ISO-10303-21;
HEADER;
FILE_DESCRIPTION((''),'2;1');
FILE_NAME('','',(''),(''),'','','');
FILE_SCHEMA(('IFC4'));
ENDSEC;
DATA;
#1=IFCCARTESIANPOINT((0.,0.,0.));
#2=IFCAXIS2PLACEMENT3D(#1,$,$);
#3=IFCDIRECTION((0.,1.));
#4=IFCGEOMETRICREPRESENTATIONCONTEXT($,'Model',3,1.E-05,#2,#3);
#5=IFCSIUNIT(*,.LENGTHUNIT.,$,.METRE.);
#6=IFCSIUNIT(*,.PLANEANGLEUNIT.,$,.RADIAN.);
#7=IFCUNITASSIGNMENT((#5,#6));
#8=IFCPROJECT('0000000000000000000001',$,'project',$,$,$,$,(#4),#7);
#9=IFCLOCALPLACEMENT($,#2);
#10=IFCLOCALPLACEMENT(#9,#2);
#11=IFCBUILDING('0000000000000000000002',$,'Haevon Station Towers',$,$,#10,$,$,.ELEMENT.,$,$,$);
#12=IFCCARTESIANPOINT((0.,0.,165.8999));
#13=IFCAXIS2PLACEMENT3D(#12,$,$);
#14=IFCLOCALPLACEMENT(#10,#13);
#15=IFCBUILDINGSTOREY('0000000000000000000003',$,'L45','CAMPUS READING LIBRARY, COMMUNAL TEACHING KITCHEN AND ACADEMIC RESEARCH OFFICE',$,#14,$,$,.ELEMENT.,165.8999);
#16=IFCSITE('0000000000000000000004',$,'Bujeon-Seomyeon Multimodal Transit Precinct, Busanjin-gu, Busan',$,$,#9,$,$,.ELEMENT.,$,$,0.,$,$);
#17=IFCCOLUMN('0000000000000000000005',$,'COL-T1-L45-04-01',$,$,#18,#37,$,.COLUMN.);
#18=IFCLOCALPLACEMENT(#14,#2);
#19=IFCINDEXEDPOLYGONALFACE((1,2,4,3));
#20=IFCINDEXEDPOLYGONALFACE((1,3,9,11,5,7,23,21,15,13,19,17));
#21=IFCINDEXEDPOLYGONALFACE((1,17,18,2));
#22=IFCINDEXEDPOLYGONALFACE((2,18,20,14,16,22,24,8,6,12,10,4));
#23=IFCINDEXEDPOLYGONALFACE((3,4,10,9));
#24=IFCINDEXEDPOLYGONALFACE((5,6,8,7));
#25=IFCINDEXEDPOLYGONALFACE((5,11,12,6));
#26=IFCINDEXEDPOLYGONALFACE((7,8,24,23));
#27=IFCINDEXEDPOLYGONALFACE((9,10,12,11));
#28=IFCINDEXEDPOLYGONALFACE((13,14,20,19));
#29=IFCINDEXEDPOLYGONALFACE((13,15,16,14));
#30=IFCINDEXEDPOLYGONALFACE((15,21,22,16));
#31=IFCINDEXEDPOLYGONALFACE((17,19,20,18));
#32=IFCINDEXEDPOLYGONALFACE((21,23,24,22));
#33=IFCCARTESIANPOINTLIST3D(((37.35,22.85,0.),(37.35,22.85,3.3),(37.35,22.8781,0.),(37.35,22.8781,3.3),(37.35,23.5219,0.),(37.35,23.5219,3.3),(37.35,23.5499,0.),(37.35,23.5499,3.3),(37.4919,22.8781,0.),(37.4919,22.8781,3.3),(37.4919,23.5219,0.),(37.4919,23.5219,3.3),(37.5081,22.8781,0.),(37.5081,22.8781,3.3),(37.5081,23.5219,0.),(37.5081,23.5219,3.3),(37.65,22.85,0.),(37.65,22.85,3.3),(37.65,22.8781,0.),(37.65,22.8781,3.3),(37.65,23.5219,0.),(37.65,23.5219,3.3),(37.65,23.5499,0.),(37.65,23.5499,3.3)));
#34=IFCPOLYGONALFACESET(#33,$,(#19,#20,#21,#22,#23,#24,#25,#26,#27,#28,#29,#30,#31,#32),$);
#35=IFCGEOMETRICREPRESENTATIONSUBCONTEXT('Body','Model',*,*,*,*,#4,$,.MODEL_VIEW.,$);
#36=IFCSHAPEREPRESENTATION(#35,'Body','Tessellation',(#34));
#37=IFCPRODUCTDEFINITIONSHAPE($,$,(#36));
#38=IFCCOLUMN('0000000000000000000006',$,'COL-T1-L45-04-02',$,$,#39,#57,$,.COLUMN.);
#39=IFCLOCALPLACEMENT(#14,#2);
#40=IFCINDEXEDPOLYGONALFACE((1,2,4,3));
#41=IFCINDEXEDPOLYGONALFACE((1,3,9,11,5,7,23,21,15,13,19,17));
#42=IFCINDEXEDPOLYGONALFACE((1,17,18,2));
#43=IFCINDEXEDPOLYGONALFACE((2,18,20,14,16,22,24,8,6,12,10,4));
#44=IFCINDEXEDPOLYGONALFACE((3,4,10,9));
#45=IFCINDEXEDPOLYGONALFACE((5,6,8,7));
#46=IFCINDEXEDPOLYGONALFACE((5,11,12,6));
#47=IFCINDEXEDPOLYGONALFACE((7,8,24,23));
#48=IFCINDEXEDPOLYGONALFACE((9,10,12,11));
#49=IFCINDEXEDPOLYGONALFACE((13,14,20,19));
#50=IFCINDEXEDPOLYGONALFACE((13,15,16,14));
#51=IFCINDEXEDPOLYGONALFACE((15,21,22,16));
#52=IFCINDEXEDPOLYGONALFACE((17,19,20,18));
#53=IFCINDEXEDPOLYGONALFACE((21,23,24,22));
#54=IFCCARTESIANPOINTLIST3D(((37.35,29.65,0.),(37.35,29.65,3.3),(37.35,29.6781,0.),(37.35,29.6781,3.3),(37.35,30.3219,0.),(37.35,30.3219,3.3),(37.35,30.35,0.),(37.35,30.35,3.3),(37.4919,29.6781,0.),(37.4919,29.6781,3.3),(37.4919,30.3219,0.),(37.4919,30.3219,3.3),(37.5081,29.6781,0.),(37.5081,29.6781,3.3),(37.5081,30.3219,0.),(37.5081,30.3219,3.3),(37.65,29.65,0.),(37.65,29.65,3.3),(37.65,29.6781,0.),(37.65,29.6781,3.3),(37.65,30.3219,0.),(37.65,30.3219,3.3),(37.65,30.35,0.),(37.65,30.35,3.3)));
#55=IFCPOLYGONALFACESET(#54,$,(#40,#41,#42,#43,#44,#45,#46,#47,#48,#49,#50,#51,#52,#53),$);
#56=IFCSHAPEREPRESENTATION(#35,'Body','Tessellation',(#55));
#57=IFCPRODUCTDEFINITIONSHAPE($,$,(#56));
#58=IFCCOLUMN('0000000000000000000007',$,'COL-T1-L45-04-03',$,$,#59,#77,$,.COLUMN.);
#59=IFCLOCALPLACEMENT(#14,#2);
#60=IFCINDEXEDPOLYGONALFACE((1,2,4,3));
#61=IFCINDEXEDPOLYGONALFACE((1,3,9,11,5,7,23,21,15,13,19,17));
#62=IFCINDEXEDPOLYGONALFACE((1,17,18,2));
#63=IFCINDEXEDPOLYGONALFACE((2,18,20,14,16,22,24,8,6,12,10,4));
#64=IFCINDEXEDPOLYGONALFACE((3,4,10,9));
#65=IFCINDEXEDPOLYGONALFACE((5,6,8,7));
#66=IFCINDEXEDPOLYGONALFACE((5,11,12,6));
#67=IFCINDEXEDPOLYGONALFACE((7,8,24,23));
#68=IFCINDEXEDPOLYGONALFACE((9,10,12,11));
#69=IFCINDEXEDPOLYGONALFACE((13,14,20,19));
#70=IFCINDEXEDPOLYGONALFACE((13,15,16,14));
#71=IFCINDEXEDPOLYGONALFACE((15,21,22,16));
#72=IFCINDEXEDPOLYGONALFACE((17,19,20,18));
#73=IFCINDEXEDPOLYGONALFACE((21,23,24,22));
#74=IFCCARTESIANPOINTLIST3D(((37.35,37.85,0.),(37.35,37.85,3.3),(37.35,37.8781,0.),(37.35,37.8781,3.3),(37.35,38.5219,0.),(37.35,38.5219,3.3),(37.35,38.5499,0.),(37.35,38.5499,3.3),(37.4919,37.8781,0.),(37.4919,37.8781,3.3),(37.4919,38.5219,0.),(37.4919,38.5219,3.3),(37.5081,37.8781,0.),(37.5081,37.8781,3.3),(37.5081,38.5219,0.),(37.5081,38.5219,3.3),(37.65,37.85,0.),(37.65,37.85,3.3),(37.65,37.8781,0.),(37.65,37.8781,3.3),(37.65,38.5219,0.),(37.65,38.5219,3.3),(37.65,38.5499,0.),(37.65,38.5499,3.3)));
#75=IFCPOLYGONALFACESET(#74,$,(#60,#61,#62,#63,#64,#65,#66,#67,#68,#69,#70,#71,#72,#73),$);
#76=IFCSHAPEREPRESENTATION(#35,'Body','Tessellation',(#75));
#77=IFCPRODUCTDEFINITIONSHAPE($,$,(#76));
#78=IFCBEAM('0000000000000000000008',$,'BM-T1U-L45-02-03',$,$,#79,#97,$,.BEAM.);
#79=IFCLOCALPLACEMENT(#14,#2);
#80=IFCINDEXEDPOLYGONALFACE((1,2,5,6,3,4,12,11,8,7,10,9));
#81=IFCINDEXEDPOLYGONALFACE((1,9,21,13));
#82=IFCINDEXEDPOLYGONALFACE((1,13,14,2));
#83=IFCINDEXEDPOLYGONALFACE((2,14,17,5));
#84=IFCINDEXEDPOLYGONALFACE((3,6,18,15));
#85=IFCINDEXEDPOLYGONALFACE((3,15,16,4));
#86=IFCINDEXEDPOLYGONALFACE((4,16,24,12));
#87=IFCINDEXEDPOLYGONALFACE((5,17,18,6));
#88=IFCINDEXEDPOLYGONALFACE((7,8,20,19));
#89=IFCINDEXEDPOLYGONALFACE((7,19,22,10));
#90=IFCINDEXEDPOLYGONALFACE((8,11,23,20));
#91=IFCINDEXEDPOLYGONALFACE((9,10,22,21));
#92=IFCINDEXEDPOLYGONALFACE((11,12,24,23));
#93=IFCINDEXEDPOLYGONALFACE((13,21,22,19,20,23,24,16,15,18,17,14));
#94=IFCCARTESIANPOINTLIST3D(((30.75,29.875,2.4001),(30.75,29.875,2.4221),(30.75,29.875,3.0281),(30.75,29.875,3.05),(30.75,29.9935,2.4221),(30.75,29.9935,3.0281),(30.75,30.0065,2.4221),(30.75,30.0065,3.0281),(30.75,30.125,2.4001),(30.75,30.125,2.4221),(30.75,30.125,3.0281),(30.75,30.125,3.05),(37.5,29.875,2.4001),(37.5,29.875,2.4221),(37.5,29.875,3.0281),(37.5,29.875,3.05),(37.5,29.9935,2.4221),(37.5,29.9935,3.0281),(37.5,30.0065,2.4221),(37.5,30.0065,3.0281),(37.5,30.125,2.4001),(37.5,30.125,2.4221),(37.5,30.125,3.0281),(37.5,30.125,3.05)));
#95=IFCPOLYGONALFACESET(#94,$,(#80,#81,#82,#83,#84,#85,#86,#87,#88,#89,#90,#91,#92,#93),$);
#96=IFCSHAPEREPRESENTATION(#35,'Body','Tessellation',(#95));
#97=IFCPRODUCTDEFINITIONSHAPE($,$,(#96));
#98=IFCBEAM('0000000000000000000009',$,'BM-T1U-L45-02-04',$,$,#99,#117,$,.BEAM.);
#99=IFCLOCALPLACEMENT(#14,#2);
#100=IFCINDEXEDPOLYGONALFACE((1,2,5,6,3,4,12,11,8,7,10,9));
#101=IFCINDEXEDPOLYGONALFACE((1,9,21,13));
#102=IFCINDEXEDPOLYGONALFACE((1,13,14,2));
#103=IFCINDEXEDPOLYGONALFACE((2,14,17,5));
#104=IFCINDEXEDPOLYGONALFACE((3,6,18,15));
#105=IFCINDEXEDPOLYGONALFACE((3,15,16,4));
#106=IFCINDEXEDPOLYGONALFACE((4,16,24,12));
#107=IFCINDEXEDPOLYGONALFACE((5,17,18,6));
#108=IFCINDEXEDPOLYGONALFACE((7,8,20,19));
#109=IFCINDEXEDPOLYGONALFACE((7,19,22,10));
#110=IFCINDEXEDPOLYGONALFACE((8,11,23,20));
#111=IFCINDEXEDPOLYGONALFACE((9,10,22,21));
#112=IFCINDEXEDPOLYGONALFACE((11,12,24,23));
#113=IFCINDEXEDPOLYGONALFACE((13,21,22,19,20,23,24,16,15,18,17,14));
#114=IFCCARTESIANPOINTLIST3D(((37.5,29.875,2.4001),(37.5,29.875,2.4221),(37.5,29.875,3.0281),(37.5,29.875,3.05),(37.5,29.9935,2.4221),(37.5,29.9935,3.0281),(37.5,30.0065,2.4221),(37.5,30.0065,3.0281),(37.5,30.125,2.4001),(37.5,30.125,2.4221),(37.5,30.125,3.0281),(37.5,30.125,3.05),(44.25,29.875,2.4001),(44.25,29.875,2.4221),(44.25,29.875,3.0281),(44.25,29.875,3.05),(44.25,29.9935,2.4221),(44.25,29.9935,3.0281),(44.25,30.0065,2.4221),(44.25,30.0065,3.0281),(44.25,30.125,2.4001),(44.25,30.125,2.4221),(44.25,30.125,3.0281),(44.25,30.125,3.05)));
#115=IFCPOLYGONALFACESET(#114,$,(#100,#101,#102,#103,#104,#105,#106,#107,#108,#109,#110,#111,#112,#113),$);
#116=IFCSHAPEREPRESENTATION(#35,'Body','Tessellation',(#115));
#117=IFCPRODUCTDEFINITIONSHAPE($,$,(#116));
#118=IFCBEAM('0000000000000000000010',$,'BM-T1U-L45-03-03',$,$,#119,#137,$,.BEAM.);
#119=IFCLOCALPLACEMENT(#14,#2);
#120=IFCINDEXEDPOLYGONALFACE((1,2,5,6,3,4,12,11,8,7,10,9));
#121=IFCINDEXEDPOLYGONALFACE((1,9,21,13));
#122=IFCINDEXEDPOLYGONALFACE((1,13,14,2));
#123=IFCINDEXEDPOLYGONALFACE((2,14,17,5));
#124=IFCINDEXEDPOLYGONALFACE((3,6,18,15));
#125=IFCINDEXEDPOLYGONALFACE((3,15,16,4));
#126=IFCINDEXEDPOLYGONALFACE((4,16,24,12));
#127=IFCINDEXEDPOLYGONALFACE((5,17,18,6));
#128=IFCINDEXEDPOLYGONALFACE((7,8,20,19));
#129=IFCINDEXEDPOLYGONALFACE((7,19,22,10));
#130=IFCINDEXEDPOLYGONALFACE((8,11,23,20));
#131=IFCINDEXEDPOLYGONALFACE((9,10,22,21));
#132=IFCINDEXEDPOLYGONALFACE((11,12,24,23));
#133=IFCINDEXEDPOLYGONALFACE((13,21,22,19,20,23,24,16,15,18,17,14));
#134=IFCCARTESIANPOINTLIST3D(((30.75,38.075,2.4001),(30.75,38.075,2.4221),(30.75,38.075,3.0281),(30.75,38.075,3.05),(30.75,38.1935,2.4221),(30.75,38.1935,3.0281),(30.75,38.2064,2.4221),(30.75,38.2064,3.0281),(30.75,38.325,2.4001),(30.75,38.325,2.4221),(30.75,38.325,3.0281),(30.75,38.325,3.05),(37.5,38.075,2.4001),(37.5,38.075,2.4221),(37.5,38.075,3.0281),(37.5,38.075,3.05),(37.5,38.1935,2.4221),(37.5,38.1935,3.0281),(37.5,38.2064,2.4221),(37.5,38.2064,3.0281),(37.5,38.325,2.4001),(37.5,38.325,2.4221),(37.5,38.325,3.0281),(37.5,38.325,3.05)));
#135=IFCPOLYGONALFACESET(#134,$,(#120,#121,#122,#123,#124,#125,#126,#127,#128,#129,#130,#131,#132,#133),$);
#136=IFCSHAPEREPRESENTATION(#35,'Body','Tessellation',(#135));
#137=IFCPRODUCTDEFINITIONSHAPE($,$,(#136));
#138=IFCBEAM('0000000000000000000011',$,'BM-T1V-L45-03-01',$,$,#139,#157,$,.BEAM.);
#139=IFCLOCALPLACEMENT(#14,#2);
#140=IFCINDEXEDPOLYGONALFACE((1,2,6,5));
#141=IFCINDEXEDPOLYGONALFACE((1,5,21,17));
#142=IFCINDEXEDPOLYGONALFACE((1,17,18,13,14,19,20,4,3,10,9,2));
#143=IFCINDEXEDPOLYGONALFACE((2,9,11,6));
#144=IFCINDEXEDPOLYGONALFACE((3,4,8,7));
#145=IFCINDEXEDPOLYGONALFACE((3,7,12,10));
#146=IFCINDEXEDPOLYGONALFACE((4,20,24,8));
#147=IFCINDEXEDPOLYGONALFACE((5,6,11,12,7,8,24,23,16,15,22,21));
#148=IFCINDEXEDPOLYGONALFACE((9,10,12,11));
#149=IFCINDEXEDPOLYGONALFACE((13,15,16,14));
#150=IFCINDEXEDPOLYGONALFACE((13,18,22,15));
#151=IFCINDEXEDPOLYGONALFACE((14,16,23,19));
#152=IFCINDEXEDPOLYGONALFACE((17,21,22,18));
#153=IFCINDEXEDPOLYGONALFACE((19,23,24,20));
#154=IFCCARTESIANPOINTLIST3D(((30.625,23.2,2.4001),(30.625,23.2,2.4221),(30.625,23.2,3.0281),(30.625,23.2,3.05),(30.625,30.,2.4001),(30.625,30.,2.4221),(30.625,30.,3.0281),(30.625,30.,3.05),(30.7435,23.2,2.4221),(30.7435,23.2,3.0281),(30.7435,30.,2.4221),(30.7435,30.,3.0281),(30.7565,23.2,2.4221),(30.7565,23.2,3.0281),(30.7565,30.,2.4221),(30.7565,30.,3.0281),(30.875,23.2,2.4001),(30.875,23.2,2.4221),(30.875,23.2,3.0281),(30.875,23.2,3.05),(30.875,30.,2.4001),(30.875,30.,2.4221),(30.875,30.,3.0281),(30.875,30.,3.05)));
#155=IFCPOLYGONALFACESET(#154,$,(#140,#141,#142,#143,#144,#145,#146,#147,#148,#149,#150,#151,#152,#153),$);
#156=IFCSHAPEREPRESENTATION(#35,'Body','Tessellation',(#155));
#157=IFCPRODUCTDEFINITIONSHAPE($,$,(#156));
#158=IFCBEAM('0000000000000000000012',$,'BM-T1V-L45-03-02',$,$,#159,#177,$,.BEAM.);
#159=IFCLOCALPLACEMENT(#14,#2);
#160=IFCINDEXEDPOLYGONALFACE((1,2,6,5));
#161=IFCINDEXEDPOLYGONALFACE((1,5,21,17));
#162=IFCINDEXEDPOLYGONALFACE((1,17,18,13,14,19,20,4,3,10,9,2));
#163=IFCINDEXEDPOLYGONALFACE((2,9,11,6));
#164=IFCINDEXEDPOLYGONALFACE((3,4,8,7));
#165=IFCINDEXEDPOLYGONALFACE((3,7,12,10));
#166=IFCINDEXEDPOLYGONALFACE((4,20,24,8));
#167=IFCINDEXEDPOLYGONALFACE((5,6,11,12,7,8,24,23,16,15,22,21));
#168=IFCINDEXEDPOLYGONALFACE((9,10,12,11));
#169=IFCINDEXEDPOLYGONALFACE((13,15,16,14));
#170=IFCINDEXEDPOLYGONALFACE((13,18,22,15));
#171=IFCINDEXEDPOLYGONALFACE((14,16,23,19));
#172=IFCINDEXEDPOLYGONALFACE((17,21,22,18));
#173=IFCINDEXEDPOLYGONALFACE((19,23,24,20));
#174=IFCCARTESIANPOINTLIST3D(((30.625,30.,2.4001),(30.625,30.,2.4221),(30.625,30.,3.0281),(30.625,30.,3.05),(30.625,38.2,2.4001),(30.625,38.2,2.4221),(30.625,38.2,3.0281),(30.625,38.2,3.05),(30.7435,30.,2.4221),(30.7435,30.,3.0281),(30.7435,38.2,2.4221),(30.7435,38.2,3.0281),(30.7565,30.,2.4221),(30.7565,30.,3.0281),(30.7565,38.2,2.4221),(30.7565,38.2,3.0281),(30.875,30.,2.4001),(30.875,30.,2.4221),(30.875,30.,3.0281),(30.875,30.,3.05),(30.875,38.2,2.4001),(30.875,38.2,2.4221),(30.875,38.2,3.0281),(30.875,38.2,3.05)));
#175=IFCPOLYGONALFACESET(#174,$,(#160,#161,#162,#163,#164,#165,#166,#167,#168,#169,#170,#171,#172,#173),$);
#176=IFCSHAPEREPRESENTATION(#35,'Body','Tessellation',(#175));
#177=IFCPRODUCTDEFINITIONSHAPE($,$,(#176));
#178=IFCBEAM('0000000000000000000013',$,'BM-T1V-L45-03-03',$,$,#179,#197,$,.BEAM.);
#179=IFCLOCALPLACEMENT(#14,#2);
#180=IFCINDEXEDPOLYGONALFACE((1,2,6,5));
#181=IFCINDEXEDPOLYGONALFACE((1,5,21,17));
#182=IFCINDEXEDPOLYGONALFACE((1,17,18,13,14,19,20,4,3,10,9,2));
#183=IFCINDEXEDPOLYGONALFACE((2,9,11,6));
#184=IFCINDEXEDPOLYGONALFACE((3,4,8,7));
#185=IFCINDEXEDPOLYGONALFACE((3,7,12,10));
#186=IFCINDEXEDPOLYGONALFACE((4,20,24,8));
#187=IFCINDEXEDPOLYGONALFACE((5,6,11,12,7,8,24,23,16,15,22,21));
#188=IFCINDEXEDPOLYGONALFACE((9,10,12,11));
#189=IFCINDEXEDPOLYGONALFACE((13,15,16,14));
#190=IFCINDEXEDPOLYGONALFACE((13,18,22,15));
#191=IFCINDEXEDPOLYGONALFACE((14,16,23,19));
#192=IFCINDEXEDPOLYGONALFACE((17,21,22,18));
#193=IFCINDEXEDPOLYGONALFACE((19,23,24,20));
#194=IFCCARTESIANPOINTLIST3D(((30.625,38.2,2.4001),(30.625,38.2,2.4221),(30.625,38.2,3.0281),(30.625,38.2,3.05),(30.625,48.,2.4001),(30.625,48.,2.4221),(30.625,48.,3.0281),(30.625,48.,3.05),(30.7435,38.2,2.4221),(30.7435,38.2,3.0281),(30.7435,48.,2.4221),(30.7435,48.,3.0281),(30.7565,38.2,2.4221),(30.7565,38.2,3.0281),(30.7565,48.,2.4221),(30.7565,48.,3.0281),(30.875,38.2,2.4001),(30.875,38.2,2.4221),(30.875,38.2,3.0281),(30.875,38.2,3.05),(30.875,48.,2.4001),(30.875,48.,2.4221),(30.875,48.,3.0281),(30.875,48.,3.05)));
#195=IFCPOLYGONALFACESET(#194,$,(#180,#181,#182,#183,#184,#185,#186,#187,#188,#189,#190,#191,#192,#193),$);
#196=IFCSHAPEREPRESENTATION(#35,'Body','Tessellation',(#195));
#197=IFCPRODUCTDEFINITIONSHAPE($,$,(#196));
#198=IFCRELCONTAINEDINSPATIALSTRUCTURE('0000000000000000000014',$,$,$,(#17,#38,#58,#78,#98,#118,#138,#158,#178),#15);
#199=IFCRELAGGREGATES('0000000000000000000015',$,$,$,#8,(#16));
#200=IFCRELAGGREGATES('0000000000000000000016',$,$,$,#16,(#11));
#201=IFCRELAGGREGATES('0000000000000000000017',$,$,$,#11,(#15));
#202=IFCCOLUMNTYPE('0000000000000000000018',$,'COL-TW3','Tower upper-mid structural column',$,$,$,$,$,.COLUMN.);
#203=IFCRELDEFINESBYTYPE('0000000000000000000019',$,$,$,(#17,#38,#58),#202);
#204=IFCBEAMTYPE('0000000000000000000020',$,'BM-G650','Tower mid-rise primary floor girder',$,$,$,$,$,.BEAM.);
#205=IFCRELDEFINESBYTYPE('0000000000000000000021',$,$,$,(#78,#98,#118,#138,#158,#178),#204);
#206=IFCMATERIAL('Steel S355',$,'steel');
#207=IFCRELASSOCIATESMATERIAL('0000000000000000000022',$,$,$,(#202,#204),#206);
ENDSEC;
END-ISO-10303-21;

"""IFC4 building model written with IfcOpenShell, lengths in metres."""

from ifc_helpers import new_model, si_unit, direction, frame, origin, origin_2d, place, context, subcontext, project, spatial, i_section, extrude, material, material_profile, profile_set, type_object, element, save


model = new_model("IFC4")

# Units and contexts
model_context = context("Model", 3, precision=1e-05, world=origin(), true_north=direction((0.0, 1.0)))
body_context = subcontext(model_context, "Body", "Model", "MODEL_VIEW")
ifc_project = project(units=[si_unit("LENGTHUNIT", "METRE"), si_unit("PLANEANGLEUNIT", "RADIAN")], contexts=[model_context])

# Site, building, storey
site_placement = place(None, origin())
site = spatial("IfcSite", under=ifc_project, at=site_placement, Name="Bujeon-Seomyeon Multimodal Transit Precinct, Busanjin-gu, Busan", CompositionType="ELEMENT", RefElevation=0.0)
building_placement = place(site_placement, origin())
building = spatial("IfcBuilding", under=site, at=building_placement, Name="Haevon Station Towers", CompositionType="ELEMENT")
storey_placement = place(building_placement, frame((0.0, 0.0, 165.8999)))
storey = spatial("IfcBuildingStorey", under=building, at=storey_placement, Name="L45", Description="CAMPUS READING LIBRARY, COMMUNAL TEACHING KITCHEN AND ACADEMIC RESEARCH OFFICE", CompositionType="ELEMENT", Elevation=165.8999)

# Columns
ifc_material_1 = material(Name="Steel S355", Category="steel")
ifc_material_profile_1 = material_profile(ifc_material_1, i_section(OverallWidth=0.3, OverallDepth=0.7, WebThickness=0.0161, FlangeThickness=0.0281, at=origin_2d()), Name="H-700x300x16x28")
ifc_profile_set_1 = profile_set([ifc_material_profile_1], Name="Steel S355")
column_type = type_object("IfcColumnType", Name="COL-TW3", Description="Tower upper-mid structural column", PredefinedType="COLUMN", material=ifc_profile_set_1)
for number, where, z_axis, x_axis, name in (
    (1, (37.5, 23.2, 0.0), (0.0, 0.0, 1.0), (1.0, 0.0, 0.0), "COL-T1-L45-04-01"),
    (2, (37.5, 30.0, 0.0), (0.0, 0.0, 1.0), (1.0, 0.0, 0.0), "COL-T1-L45-04-02"),
    (3, (37.5, 38.2, 0.0), (0.0, 0.0, 1.0), (1.0, 0.0, 0.0), "COL-T1-L45-04-03"),
):
    element("IfcColumn", number, at=place(storey_placement, frame(where, z_axis=z_axis, x_axis=x_axis)), inside=storey, type_object=column_type, Name=name, PredefinedType="COLUMN", context=body_context, shape_type="SweptSolid", body=[
        extrude(i_section(OverallWidth=0.3, OverallDepth=0.7, WebThickness=0.0161, FlangeThickness=0.0281, at=origin_2d()), origin(), (0.0, 0.0, 1.0), 3.3),
    ])

# Beams
ifc_material_profile_2 = material_profile(ifc_material_1, i_section(OverallWidth=0.25, OverallDepth=0.6499, WebThickness=0.0129, FlangeThickness=0.022, at=origin_2d()), Name="H-650x250x13x22")
ifc_profile_set_2 = profile_set([ifc_material_profile_2], Name="Steel S355")
beam_type_1 = type_object("IfcBeamType", Name="BM-G650", Description="Tower mid-rise primary floor girder", PredefinedType="BEAM", material=ifc_profile_set_2)
for number, where, z_axis, x_axis, name in (
    (4, (30.75, 30.0, 2.7251), (1.0, 0.0, 0.0), (0.0, 1.0, 0.0), "BM-T1U-L45-02-03"),
    (5, (37.5, 30.0, 2.7251), (1.0, 0.0, 0.0), (0.0, 1.0, 0.0), "BM-T1U-L45-02-04"),
    (6, (30.75, 38.2, 2.7251), (1.0, 0.0, 0.0), (0.0, 1.0, 0.0), "BM-T1U-L45-03-03"),
):
    element("IfcBeam", number, at=place(storey_placement, frame(where, z_axis=z_axis, x_axis=x_axis)), inside=storey, type_object=beam_type_1, Name=name, PredefinedType="BEAM", context=body_context, shape_type="SweptSolid", body=[
        extrude(i_section(OverallWidth=0.25, OverallDepth=0.6499, WebThickness=0.0129, FlangeThickness=0.022, at=origin_2d()), origin(), (0.0, 0.0, 1.0), 6.75),
    ])
beam_1_placement = place(storey_placement, frame((30.75, 23.2, 2.7251), z_axis=(0.0, 1.0, 0.0), x_axis=(-1.0, 0.0, 0.0)))
element("IfcBeam", 7, at=beam_1_placement, inside=storey, type_object=beam_type_1, Name="BM-T1V-L45-03-01", PredefinedType="BEAM", context=body_context, shape_type="SweptSolid", body=[
    extrude(i_section(OverallWidth=0.25, OverallDepth=0.6499, WebThickness=0.0129, FlangeThickness=0.022, at=origin_2d()), origin(), (0.0, 0.0, 1.0), 6.8),
])
beam_2_placement = place(storey_placement, frame((30.75, 30.0, 2.7251), z_axis=(0.0, 1.0, 0.0), x_axis=(-1.0, 0.0, 0.0)))
element("IfcBeam", 8, at=beam_2_placement, inside=storey, type_object=beam_type_1, Name="BM-T1V-L45-03-02", PredefinedType="BEAM", context=body_context, shape_type="SweptSolid", body=[
    extrude(i_section(OverallWidth=0.25, OverallDepth=0.6499, WebThickness=0.0129, FlangeThickness=0.022, at=origin_2d()), origin(), (0.0, 0.0, 1.0), 8.2),
])
beam_3_placement = place(storey_placement, frame((30.75, 38.2, 2.7251), z_axis=(0.0, 1.0, 0.0), x_axis=(-1.0, 0.0, 0.0)))
element("IfcBeam", 9, at=beam_3_placement, inside=storey, type_object=beam_type_1, Name="BM-T1V-L45-03-03", PredefinedType="BEAM", context=body_context, shape_type="SweptSolid", body=[
    extrude(i_section(OverallWidth=0.25, OverallDepth=0.6499, WebThickness=0.0129, FlangeThickness=0.022, at=origin_2d()), origin(), (0.0, 0.0, 1.0), 9.8),
])

save(model, "model.ifc")
